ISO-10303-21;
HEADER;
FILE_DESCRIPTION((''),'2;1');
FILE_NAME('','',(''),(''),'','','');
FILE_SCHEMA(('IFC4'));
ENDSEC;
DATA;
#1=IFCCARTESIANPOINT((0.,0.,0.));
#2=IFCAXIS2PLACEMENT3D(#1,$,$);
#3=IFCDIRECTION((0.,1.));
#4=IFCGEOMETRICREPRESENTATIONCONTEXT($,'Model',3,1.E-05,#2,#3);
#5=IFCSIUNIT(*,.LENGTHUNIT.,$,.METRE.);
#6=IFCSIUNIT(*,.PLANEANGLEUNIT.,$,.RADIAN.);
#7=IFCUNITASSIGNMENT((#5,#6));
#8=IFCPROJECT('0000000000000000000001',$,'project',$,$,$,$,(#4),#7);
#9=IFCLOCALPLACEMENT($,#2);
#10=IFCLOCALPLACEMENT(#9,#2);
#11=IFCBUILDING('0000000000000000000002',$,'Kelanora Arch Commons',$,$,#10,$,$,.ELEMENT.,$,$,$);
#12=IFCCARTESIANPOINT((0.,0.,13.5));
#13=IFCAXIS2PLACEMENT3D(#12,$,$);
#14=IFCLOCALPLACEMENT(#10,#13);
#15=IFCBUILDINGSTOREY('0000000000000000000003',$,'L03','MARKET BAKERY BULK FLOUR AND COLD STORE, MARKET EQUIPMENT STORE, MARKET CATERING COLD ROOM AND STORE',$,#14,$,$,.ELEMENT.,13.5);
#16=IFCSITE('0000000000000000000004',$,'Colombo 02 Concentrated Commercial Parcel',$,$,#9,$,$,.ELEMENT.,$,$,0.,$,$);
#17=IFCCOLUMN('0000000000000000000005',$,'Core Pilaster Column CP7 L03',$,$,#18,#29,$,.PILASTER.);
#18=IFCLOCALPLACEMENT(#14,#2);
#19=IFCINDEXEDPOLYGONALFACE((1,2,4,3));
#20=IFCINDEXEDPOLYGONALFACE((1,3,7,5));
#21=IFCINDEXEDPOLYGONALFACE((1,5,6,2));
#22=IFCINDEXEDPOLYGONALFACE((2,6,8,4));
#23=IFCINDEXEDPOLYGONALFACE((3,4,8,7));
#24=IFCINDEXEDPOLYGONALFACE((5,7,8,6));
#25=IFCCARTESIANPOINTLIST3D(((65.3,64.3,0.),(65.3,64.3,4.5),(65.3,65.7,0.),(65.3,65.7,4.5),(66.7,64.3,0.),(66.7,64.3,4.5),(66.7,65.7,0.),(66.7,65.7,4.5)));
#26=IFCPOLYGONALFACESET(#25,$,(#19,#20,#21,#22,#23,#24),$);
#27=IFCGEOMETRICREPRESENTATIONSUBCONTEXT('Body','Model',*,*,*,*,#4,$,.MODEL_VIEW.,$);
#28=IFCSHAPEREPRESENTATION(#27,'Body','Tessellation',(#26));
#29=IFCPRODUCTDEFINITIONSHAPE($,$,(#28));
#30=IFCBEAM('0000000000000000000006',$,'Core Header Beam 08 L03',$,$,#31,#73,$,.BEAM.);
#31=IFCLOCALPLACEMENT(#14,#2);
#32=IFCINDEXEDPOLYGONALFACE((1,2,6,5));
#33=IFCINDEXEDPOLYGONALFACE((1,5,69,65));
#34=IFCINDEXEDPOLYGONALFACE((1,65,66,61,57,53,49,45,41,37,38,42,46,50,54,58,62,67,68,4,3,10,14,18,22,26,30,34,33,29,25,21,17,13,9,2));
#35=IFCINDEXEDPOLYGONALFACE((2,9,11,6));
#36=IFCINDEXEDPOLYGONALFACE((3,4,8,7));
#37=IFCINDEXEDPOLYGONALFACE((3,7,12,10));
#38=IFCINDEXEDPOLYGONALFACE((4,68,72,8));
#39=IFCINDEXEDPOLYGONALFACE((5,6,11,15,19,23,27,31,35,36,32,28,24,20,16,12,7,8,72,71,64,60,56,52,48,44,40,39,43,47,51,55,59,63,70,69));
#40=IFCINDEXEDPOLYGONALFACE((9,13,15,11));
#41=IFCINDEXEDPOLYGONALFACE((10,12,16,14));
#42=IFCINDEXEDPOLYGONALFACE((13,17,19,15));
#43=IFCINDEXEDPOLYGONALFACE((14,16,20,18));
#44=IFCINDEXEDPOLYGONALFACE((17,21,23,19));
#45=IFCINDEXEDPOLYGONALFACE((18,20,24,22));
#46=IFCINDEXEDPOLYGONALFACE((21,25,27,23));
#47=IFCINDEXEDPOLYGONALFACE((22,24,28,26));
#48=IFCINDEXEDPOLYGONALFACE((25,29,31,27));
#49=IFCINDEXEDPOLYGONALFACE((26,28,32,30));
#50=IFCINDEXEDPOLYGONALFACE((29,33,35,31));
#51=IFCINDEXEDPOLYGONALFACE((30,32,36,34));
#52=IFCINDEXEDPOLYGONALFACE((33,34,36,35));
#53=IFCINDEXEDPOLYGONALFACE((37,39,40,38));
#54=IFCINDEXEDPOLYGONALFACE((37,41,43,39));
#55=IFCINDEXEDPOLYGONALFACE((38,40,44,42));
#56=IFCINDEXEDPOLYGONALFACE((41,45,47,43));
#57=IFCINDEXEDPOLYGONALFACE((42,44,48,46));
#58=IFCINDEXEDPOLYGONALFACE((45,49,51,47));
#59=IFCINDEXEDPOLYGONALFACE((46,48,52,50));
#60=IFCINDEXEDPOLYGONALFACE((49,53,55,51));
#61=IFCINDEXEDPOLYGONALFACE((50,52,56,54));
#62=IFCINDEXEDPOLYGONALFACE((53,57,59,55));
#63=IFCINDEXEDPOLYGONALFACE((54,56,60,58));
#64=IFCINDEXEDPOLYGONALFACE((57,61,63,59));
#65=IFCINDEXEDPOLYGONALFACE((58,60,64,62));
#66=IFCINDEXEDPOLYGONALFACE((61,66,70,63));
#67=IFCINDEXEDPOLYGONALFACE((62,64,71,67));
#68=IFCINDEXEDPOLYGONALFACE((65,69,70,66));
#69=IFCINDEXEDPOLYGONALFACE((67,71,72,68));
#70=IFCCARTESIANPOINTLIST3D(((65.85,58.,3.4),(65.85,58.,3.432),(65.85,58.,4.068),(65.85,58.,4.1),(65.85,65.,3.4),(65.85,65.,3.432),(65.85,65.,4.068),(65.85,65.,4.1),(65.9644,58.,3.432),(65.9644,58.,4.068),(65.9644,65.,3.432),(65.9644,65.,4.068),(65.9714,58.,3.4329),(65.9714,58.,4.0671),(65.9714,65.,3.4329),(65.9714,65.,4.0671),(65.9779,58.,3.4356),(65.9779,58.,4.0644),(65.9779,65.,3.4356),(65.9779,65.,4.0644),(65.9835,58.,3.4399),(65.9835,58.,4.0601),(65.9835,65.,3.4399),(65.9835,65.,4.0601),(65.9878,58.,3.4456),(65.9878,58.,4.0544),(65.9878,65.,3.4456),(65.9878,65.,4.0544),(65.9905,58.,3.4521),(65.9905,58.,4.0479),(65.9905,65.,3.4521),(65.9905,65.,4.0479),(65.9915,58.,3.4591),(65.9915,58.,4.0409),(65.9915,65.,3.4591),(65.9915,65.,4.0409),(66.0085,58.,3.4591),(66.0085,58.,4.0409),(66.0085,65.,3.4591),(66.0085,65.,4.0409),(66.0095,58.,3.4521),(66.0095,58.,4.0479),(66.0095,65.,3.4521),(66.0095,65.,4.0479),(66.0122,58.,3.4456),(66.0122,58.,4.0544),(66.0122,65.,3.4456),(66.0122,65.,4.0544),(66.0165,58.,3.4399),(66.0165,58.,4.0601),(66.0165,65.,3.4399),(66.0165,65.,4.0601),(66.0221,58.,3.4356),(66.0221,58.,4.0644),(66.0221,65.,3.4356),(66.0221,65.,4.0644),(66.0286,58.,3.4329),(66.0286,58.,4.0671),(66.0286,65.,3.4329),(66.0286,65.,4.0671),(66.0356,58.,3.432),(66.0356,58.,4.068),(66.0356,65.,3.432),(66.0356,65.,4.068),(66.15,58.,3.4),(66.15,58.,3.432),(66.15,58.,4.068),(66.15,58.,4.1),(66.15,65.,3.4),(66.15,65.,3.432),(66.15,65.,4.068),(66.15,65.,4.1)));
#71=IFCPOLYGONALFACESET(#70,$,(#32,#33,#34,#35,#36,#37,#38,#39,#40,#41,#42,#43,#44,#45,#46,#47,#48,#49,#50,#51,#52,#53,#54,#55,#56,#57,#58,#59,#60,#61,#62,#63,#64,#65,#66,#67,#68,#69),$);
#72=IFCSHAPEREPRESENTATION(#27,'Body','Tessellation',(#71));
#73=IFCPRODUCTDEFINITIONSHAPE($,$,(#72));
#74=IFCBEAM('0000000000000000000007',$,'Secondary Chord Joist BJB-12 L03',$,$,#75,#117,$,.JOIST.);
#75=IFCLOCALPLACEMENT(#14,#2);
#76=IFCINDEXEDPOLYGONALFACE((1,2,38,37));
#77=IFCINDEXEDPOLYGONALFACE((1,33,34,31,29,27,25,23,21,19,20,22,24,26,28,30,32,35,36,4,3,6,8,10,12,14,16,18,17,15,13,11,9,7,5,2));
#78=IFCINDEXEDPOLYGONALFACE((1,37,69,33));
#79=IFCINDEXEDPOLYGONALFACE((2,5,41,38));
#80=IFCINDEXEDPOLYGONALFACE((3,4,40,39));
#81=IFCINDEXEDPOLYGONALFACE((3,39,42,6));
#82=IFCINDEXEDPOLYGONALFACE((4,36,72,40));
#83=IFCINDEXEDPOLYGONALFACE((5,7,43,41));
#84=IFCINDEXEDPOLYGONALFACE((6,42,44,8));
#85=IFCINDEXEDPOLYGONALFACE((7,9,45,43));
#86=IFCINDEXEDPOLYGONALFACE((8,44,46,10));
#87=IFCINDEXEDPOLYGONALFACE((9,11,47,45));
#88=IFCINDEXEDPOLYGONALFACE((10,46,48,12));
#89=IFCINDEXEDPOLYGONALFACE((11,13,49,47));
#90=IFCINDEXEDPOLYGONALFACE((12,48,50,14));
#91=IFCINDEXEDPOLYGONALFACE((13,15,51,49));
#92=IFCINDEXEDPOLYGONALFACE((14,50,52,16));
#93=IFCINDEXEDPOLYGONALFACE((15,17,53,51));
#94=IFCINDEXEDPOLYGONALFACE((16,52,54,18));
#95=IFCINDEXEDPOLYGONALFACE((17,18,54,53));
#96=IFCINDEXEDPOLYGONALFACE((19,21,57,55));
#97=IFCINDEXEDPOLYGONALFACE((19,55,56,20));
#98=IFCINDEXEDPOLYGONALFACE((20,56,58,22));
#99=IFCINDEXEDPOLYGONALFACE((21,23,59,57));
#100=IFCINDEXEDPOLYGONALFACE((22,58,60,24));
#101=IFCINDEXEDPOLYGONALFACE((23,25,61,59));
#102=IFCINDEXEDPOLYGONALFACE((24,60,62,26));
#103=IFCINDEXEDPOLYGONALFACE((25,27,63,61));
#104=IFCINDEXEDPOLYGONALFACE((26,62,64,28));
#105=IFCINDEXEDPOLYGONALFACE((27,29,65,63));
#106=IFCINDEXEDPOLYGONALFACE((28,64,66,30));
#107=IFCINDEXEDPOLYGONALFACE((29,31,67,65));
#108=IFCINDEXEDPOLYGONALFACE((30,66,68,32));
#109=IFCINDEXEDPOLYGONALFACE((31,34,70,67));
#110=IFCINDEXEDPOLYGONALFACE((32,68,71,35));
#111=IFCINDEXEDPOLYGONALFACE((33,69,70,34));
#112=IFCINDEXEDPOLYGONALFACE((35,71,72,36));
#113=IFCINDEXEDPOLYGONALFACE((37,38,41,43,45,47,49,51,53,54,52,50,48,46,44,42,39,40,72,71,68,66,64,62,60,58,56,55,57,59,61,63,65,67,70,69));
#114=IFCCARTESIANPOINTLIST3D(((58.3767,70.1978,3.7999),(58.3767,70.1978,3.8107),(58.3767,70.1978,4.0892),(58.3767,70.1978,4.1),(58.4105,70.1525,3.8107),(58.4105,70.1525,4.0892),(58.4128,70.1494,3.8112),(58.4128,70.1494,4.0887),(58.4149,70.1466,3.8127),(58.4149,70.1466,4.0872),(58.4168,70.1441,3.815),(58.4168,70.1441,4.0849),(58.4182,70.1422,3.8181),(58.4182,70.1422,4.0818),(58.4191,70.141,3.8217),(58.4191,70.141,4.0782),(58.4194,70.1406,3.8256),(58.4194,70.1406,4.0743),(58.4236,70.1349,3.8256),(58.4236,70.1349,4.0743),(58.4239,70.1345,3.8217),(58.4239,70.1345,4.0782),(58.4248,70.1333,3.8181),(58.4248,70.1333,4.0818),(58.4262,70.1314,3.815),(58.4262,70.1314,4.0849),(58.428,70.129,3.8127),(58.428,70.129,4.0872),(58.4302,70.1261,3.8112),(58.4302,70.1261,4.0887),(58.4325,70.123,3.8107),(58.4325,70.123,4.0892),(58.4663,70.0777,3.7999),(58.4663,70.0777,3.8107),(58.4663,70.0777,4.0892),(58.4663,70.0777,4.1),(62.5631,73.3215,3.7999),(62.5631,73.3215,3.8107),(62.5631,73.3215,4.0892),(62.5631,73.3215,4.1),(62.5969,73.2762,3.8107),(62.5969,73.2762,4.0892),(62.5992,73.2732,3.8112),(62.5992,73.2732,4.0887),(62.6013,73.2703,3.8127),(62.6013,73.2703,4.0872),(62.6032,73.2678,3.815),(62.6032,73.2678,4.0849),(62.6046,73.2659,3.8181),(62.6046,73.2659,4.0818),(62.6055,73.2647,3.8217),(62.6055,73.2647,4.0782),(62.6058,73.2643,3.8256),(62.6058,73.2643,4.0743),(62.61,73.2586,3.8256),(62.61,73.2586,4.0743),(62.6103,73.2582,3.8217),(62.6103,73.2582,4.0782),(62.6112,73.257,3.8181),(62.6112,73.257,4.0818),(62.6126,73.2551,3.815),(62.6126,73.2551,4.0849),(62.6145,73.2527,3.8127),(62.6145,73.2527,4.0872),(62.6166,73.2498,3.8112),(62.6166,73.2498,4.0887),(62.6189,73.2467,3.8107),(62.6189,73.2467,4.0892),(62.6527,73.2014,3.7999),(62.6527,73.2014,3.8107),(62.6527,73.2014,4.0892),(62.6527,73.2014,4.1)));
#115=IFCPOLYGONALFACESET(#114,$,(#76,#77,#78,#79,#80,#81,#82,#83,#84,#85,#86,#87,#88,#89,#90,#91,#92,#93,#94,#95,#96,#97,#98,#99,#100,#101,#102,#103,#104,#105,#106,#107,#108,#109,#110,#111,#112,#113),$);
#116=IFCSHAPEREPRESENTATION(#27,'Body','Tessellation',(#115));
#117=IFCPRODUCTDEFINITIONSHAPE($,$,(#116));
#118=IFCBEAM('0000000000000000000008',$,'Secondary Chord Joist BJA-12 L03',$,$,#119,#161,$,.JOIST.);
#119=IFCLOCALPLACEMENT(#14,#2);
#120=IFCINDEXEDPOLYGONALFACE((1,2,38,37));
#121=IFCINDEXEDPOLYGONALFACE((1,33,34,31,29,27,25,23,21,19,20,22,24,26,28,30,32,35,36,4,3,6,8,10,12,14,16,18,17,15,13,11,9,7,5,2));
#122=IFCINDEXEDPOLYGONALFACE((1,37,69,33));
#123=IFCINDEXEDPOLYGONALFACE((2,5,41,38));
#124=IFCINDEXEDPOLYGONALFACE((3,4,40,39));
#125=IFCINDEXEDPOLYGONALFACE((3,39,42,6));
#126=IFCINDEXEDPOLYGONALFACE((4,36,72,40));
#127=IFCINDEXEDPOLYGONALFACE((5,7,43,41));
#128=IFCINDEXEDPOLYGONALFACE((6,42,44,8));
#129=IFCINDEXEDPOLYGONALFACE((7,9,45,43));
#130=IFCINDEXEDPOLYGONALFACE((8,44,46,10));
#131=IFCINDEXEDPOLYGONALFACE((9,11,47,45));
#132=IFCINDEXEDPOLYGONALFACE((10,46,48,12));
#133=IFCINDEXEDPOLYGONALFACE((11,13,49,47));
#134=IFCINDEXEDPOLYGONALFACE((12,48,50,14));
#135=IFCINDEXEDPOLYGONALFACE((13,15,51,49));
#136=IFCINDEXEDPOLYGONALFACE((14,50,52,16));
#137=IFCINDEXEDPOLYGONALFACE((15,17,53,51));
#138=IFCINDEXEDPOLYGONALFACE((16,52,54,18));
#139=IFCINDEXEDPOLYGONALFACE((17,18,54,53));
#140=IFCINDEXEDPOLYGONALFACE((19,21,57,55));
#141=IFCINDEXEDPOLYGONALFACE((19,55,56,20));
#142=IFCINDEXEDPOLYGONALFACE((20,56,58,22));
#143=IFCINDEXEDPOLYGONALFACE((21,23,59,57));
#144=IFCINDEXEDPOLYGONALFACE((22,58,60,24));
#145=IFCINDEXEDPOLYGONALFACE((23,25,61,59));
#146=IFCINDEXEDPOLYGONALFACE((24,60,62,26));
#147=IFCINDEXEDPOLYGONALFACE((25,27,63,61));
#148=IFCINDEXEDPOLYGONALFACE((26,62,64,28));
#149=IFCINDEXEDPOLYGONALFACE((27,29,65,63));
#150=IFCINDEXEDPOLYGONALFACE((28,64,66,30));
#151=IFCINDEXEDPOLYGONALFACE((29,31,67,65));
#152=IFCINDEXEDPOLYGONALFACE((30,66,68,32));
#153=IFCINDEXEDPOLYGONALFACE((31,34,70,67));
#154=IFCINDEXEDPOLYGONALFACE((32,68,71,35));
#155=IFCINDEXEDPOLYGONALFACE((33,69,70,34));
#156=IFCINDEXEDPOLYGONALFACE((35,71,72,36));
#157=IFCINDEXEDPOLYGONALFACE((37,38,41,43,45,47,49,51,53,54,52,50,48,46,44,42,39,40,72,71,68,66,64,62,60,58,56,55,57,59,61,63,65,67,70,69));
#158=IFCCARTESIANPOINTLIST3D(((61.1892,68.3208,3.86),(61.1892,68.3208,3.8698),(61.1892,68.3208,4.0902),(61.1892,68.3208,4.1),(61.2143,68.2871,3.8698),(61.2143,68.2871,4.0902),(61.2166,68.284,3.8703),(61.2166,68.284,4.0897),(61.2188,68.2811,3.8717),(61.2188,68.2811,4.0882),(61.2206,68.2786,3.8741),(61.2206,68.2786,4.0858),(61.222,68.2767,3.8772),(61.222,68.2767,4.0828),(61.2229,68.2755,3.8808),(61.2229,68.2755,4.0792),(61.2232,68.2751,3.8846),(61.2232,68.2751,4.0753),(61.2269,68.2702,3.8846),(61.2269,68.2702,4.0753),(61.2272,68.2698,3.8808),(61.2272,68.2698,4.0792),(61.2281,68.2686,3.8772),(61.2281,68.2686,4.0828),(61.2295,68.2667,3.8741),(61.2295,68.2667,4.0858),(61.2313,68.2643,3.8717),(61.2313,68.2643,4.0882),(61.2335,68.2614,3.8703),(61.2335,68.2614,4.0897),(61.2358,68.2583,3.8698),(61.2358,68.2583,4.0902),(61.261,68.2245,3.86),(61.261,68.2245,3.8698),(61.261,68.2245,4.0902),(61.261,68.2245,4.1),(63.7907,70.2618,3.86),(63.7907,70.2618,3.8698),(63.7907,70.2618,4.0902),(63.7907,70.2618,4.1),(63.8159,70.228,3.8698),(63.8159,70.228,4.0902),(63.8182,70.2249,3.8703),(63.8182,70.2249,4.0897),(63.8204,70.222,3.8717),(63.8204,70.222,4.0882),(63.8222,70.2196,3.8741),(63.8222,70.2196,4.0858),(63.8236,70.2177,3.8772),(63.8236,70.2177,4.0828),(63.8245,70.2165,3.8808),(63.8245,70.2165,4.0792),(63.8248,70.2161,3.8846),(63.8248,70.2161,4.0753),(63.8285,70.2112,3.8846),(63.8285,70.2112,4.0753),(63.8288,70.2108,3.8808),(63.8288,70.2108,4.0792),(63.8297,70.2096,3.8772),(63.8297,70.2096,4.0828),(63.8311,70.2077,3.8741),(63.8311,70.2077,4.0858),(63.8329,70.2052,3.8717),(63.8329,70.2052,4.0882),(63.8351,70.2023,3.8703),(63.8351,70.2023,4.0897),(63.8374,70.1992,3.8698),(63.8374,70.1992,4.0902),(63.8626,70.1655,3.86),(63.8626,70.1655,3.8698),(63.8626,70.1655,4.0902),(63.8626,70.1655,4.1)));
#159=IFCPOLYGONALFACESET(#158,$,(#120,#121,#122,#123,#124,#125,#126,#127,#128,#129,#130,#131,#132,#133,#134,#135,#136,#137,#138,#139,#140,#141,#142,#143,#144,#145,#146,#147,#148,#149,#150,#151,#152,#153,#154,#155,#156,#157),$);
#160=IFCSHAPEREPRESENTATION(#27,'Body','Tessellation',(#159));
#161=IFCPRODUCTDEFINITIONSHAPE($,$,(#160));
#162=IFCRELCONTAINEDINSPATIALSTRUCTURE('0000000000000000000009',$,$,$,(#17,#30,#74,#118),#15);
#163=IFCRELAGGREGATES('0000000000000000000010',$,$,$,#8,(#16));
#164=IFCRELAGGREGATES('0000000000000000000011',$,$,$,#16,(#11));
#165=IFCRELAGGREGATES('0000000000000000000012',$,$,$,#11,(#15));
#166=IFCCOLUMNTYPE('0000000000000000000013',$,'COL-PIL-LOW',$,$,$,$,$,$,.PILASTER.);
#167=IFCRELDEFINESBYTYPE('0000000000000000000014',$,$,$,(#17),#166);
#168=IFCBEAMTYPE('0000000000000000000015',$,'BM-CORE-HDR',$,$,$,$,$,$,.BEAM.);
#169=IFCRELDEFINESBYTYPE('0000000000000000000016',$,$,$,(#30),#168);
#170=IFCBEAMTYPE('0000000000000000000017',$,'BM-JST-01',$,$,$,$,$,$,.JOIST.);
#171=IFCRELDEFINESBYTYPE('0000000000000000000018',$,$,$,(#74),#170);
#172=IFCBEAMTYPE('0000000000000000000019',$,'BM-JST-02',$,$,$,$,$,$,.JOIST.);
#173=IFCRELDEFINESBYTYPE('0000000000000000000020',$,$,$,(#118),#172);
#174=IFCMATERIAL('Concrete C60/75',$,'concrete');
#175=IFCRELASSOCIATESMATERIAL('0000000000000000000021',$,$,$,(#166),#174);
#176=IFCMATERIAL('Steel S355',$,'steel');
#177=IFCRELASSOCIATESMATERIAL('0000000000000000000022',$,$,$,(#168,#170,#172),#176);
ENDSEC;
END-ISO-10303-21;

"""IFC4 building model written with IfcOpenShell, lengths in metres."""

from ifc_helpers import new_model, si_unit, direction, frame, origin, origin_2d, place, context, subcontext, project, spatial, rectangle, i_section, extrude, material, material_profile, profile_set, type_object, element, save


model = new_model("IFC4")

# Units and contexts
model_context = context("Model", 3, precision=1e-05, world=origin(), true_north=direction((0.0, 1.0)))
body_context = subcontext(model_context, "Body", "Model", "MODEL_VIEW")
ifc_project = project(units=[si_unit("LENGTHUNIT", "METRE"), si_unit("PLANEANGLEUNIT", "RADIAN")], contexts=[model_context])

# Site, building, storey
site_placement = place(None, origin())
site = spatial("IfcSite", under=ifc_project, at=site_placement, Name="Colombo 02 Concentrated Commercial Parcel", CompositionType="ELEMENT", RefElevation=0.0)
building_placement = place(site_placement, origin())
building = spatial("IfcBuilding", under=site, at=building_placement, Name="Kelanora Arch Commons", CompositionType="ELEMENT")
storey_placement = place(building_placement, frame((0.0, 0.0, 13.5)))
storey = spatial("IfcBuildingStorey", under=building, at=storey_placement, Name="L03", Description="MARKET BAKERY BULK FLOUR AND COLD STORE, MARKET EQUIPMENT STORE, MARKET CATERING COLD ROOM AND STORE", CompositionType="ELEMENT", Elevation=13.5)

# Column
ifc_material_1 = material(Name="Concrete C60/75", Category="concrete")
ifc_material_profile_1 = material_profile(ifc_material_1, rectangle(XDim=1.3999, YDim=1.3999, at=origin_2d()), Name="RC1400x1400")
ifc_profile_set_1 = profile_set([ifc_material_profile_1], Name="Concrete C60/75")
column_type = type_object("IfcColumnType", Name="COL-PIL-LOW", PredefinedType="PILASTER", material=ifc_profile_set_1)
column_placement = place(storey_placement, frame((66.0, 65.0, 0.0), z_axis=(0.0, 0.0, 1.0), x_axis=(1.0, 0.0, 0.0)))
element("IfcColumn", 1, at=column_placement, inside=storey, type_object=column_type, Name="Core Pilaster Column CP7 L03", PredefinedType="PILASTER", context=body_context, shape_type="SweptSolid", body=[
    extrude(rectangle(XDim=1.3999, YDim=1.3999, at=origin_2d()), origin(), (0.0, 0.0, 1.0), 4.5),
])

# Beams
ifc_material_2 = material(Name="Steel S355", Category="steel")
ifc_material_profile_2 = material_profile(ifc_material_2, i_section(OverallWidth=0.3, OverallDepth=0.7, WebThickness=0.0171, FlangeThickness=0.032, FilletRadius=0.0271, at=origin_2d()), Name="HEB700")
ifc_profile_set_2 = profile_set([ifc_material_profile_2], Name="Steel S355")
beam_type_1 = type_object("IfcBeamType", Name="BM-CORE-HDR", PredefinedType="BEAM", material=ifc_profile_set_2)
beam_1_placement = place(storey_placement, frame((66.0, 65.0, 3.75), z_axis=(0.0, -1.0, 0.0), x_axis=(1.0, 0.0, 0.0)))
element("IfcBeam", 2, at=beam_1_placement, inside=storey, type_object=beam_type_1, Name="Core Header Beam 08 L03", PredefinedType="BEAM", context=body_context, shape_type="SweptSolid", body=[
    extrude(i_section(OverallWidth=0.3, OverallDepth=0.7, WebThickness=0.0171, FlangeThickness=0.032, FilletRadius=0.0271, at=origin_2d()), origin(), (0.0, 0.0, 1.0), 7.0),
])
ifc_material_profile_3 = material_profile(ifc_material_2, i_section(OverallWidth=0.1499, OverallDepth=0.3, WebThickness=0.0071, FlangeThickness=0.0107, FilletRadius=0.0149, at=origin_2d()), Name="IPE300")
ifc_profile_set_3 = profile_set([ifc_material_profile_3], Name="Steel S355")
beam_type_2 = type_object("IfcBeamType", Name="BM-JST-01", PredefinedType="JOIST", material=ifc_profile_set_3)
beam_2_placement = place(storey_placement, frame((62.6079, 73.2615, 3.95), z_axis=(-0.801478, -0.598024, 0.0), x_axis=(0.598024, -0.801478, 0.0)))
element("IfcBeam", 3, at=beam_2_placement, inside=storey, type_object=beam_type_2, Name="Secondary Chord Joist BJB-12 L03", PredefinedType="JOIST", context=body_context, shape_type="SweptSolid", body=[
    extrude(i_section(OverallWidth=0.1499, OverallDepth=0.3, WebThickness=0.0071, FlangeThickness=0.0107, FilletRadius=0.0149, at=origin_2d()), origin(), (0.0, 0.0, 1.0), 5.2234),
])
ifc_material_profile_4 = material_profile(ifc_material_2, i_section(OverallWidth=0.1201, OverallDepth=0.24, WebThickness=0.0061, FlangeThickness=0.0098, FilletRadius=0.0149, at=origin_2d()), Name="IPE240")
ifc_profile_set_4 = profile_set([ifc_material_profile_4], Name="Steel S355")
beam_type_3 = type_object("IfcBeamType", Name="BM-JST-02", PredefinedType="JOIST", material=ifc_profile_set_4)
beam_3_placement = place(storey_placement, frame((63.8267, 70.2136, 3.98), z_axis=(-0.801514, -0.597976, 0.0), x_axis=(0.597976, -0.801514, 0.0)))
element("IfcBeam", 4, at=beam_3_placement, inside=storey, type_object=beam_type_3, Name="Secondary Chord Joist BJA-12 L03", PredefinedType="JOIST", context=body_context, shape_type="SweptSolid", body=[
    extrude(i_section(OverallWidth=0.1201, OverallDepth=0.24, WebThickness=0.0061, FlangeThickness=0.0098, FilletRadius=0.0149, at=origin_2d()), origin(), (0.0, 0.0, 1.0), 3.2458),
])

save(model, "model.ifc")
